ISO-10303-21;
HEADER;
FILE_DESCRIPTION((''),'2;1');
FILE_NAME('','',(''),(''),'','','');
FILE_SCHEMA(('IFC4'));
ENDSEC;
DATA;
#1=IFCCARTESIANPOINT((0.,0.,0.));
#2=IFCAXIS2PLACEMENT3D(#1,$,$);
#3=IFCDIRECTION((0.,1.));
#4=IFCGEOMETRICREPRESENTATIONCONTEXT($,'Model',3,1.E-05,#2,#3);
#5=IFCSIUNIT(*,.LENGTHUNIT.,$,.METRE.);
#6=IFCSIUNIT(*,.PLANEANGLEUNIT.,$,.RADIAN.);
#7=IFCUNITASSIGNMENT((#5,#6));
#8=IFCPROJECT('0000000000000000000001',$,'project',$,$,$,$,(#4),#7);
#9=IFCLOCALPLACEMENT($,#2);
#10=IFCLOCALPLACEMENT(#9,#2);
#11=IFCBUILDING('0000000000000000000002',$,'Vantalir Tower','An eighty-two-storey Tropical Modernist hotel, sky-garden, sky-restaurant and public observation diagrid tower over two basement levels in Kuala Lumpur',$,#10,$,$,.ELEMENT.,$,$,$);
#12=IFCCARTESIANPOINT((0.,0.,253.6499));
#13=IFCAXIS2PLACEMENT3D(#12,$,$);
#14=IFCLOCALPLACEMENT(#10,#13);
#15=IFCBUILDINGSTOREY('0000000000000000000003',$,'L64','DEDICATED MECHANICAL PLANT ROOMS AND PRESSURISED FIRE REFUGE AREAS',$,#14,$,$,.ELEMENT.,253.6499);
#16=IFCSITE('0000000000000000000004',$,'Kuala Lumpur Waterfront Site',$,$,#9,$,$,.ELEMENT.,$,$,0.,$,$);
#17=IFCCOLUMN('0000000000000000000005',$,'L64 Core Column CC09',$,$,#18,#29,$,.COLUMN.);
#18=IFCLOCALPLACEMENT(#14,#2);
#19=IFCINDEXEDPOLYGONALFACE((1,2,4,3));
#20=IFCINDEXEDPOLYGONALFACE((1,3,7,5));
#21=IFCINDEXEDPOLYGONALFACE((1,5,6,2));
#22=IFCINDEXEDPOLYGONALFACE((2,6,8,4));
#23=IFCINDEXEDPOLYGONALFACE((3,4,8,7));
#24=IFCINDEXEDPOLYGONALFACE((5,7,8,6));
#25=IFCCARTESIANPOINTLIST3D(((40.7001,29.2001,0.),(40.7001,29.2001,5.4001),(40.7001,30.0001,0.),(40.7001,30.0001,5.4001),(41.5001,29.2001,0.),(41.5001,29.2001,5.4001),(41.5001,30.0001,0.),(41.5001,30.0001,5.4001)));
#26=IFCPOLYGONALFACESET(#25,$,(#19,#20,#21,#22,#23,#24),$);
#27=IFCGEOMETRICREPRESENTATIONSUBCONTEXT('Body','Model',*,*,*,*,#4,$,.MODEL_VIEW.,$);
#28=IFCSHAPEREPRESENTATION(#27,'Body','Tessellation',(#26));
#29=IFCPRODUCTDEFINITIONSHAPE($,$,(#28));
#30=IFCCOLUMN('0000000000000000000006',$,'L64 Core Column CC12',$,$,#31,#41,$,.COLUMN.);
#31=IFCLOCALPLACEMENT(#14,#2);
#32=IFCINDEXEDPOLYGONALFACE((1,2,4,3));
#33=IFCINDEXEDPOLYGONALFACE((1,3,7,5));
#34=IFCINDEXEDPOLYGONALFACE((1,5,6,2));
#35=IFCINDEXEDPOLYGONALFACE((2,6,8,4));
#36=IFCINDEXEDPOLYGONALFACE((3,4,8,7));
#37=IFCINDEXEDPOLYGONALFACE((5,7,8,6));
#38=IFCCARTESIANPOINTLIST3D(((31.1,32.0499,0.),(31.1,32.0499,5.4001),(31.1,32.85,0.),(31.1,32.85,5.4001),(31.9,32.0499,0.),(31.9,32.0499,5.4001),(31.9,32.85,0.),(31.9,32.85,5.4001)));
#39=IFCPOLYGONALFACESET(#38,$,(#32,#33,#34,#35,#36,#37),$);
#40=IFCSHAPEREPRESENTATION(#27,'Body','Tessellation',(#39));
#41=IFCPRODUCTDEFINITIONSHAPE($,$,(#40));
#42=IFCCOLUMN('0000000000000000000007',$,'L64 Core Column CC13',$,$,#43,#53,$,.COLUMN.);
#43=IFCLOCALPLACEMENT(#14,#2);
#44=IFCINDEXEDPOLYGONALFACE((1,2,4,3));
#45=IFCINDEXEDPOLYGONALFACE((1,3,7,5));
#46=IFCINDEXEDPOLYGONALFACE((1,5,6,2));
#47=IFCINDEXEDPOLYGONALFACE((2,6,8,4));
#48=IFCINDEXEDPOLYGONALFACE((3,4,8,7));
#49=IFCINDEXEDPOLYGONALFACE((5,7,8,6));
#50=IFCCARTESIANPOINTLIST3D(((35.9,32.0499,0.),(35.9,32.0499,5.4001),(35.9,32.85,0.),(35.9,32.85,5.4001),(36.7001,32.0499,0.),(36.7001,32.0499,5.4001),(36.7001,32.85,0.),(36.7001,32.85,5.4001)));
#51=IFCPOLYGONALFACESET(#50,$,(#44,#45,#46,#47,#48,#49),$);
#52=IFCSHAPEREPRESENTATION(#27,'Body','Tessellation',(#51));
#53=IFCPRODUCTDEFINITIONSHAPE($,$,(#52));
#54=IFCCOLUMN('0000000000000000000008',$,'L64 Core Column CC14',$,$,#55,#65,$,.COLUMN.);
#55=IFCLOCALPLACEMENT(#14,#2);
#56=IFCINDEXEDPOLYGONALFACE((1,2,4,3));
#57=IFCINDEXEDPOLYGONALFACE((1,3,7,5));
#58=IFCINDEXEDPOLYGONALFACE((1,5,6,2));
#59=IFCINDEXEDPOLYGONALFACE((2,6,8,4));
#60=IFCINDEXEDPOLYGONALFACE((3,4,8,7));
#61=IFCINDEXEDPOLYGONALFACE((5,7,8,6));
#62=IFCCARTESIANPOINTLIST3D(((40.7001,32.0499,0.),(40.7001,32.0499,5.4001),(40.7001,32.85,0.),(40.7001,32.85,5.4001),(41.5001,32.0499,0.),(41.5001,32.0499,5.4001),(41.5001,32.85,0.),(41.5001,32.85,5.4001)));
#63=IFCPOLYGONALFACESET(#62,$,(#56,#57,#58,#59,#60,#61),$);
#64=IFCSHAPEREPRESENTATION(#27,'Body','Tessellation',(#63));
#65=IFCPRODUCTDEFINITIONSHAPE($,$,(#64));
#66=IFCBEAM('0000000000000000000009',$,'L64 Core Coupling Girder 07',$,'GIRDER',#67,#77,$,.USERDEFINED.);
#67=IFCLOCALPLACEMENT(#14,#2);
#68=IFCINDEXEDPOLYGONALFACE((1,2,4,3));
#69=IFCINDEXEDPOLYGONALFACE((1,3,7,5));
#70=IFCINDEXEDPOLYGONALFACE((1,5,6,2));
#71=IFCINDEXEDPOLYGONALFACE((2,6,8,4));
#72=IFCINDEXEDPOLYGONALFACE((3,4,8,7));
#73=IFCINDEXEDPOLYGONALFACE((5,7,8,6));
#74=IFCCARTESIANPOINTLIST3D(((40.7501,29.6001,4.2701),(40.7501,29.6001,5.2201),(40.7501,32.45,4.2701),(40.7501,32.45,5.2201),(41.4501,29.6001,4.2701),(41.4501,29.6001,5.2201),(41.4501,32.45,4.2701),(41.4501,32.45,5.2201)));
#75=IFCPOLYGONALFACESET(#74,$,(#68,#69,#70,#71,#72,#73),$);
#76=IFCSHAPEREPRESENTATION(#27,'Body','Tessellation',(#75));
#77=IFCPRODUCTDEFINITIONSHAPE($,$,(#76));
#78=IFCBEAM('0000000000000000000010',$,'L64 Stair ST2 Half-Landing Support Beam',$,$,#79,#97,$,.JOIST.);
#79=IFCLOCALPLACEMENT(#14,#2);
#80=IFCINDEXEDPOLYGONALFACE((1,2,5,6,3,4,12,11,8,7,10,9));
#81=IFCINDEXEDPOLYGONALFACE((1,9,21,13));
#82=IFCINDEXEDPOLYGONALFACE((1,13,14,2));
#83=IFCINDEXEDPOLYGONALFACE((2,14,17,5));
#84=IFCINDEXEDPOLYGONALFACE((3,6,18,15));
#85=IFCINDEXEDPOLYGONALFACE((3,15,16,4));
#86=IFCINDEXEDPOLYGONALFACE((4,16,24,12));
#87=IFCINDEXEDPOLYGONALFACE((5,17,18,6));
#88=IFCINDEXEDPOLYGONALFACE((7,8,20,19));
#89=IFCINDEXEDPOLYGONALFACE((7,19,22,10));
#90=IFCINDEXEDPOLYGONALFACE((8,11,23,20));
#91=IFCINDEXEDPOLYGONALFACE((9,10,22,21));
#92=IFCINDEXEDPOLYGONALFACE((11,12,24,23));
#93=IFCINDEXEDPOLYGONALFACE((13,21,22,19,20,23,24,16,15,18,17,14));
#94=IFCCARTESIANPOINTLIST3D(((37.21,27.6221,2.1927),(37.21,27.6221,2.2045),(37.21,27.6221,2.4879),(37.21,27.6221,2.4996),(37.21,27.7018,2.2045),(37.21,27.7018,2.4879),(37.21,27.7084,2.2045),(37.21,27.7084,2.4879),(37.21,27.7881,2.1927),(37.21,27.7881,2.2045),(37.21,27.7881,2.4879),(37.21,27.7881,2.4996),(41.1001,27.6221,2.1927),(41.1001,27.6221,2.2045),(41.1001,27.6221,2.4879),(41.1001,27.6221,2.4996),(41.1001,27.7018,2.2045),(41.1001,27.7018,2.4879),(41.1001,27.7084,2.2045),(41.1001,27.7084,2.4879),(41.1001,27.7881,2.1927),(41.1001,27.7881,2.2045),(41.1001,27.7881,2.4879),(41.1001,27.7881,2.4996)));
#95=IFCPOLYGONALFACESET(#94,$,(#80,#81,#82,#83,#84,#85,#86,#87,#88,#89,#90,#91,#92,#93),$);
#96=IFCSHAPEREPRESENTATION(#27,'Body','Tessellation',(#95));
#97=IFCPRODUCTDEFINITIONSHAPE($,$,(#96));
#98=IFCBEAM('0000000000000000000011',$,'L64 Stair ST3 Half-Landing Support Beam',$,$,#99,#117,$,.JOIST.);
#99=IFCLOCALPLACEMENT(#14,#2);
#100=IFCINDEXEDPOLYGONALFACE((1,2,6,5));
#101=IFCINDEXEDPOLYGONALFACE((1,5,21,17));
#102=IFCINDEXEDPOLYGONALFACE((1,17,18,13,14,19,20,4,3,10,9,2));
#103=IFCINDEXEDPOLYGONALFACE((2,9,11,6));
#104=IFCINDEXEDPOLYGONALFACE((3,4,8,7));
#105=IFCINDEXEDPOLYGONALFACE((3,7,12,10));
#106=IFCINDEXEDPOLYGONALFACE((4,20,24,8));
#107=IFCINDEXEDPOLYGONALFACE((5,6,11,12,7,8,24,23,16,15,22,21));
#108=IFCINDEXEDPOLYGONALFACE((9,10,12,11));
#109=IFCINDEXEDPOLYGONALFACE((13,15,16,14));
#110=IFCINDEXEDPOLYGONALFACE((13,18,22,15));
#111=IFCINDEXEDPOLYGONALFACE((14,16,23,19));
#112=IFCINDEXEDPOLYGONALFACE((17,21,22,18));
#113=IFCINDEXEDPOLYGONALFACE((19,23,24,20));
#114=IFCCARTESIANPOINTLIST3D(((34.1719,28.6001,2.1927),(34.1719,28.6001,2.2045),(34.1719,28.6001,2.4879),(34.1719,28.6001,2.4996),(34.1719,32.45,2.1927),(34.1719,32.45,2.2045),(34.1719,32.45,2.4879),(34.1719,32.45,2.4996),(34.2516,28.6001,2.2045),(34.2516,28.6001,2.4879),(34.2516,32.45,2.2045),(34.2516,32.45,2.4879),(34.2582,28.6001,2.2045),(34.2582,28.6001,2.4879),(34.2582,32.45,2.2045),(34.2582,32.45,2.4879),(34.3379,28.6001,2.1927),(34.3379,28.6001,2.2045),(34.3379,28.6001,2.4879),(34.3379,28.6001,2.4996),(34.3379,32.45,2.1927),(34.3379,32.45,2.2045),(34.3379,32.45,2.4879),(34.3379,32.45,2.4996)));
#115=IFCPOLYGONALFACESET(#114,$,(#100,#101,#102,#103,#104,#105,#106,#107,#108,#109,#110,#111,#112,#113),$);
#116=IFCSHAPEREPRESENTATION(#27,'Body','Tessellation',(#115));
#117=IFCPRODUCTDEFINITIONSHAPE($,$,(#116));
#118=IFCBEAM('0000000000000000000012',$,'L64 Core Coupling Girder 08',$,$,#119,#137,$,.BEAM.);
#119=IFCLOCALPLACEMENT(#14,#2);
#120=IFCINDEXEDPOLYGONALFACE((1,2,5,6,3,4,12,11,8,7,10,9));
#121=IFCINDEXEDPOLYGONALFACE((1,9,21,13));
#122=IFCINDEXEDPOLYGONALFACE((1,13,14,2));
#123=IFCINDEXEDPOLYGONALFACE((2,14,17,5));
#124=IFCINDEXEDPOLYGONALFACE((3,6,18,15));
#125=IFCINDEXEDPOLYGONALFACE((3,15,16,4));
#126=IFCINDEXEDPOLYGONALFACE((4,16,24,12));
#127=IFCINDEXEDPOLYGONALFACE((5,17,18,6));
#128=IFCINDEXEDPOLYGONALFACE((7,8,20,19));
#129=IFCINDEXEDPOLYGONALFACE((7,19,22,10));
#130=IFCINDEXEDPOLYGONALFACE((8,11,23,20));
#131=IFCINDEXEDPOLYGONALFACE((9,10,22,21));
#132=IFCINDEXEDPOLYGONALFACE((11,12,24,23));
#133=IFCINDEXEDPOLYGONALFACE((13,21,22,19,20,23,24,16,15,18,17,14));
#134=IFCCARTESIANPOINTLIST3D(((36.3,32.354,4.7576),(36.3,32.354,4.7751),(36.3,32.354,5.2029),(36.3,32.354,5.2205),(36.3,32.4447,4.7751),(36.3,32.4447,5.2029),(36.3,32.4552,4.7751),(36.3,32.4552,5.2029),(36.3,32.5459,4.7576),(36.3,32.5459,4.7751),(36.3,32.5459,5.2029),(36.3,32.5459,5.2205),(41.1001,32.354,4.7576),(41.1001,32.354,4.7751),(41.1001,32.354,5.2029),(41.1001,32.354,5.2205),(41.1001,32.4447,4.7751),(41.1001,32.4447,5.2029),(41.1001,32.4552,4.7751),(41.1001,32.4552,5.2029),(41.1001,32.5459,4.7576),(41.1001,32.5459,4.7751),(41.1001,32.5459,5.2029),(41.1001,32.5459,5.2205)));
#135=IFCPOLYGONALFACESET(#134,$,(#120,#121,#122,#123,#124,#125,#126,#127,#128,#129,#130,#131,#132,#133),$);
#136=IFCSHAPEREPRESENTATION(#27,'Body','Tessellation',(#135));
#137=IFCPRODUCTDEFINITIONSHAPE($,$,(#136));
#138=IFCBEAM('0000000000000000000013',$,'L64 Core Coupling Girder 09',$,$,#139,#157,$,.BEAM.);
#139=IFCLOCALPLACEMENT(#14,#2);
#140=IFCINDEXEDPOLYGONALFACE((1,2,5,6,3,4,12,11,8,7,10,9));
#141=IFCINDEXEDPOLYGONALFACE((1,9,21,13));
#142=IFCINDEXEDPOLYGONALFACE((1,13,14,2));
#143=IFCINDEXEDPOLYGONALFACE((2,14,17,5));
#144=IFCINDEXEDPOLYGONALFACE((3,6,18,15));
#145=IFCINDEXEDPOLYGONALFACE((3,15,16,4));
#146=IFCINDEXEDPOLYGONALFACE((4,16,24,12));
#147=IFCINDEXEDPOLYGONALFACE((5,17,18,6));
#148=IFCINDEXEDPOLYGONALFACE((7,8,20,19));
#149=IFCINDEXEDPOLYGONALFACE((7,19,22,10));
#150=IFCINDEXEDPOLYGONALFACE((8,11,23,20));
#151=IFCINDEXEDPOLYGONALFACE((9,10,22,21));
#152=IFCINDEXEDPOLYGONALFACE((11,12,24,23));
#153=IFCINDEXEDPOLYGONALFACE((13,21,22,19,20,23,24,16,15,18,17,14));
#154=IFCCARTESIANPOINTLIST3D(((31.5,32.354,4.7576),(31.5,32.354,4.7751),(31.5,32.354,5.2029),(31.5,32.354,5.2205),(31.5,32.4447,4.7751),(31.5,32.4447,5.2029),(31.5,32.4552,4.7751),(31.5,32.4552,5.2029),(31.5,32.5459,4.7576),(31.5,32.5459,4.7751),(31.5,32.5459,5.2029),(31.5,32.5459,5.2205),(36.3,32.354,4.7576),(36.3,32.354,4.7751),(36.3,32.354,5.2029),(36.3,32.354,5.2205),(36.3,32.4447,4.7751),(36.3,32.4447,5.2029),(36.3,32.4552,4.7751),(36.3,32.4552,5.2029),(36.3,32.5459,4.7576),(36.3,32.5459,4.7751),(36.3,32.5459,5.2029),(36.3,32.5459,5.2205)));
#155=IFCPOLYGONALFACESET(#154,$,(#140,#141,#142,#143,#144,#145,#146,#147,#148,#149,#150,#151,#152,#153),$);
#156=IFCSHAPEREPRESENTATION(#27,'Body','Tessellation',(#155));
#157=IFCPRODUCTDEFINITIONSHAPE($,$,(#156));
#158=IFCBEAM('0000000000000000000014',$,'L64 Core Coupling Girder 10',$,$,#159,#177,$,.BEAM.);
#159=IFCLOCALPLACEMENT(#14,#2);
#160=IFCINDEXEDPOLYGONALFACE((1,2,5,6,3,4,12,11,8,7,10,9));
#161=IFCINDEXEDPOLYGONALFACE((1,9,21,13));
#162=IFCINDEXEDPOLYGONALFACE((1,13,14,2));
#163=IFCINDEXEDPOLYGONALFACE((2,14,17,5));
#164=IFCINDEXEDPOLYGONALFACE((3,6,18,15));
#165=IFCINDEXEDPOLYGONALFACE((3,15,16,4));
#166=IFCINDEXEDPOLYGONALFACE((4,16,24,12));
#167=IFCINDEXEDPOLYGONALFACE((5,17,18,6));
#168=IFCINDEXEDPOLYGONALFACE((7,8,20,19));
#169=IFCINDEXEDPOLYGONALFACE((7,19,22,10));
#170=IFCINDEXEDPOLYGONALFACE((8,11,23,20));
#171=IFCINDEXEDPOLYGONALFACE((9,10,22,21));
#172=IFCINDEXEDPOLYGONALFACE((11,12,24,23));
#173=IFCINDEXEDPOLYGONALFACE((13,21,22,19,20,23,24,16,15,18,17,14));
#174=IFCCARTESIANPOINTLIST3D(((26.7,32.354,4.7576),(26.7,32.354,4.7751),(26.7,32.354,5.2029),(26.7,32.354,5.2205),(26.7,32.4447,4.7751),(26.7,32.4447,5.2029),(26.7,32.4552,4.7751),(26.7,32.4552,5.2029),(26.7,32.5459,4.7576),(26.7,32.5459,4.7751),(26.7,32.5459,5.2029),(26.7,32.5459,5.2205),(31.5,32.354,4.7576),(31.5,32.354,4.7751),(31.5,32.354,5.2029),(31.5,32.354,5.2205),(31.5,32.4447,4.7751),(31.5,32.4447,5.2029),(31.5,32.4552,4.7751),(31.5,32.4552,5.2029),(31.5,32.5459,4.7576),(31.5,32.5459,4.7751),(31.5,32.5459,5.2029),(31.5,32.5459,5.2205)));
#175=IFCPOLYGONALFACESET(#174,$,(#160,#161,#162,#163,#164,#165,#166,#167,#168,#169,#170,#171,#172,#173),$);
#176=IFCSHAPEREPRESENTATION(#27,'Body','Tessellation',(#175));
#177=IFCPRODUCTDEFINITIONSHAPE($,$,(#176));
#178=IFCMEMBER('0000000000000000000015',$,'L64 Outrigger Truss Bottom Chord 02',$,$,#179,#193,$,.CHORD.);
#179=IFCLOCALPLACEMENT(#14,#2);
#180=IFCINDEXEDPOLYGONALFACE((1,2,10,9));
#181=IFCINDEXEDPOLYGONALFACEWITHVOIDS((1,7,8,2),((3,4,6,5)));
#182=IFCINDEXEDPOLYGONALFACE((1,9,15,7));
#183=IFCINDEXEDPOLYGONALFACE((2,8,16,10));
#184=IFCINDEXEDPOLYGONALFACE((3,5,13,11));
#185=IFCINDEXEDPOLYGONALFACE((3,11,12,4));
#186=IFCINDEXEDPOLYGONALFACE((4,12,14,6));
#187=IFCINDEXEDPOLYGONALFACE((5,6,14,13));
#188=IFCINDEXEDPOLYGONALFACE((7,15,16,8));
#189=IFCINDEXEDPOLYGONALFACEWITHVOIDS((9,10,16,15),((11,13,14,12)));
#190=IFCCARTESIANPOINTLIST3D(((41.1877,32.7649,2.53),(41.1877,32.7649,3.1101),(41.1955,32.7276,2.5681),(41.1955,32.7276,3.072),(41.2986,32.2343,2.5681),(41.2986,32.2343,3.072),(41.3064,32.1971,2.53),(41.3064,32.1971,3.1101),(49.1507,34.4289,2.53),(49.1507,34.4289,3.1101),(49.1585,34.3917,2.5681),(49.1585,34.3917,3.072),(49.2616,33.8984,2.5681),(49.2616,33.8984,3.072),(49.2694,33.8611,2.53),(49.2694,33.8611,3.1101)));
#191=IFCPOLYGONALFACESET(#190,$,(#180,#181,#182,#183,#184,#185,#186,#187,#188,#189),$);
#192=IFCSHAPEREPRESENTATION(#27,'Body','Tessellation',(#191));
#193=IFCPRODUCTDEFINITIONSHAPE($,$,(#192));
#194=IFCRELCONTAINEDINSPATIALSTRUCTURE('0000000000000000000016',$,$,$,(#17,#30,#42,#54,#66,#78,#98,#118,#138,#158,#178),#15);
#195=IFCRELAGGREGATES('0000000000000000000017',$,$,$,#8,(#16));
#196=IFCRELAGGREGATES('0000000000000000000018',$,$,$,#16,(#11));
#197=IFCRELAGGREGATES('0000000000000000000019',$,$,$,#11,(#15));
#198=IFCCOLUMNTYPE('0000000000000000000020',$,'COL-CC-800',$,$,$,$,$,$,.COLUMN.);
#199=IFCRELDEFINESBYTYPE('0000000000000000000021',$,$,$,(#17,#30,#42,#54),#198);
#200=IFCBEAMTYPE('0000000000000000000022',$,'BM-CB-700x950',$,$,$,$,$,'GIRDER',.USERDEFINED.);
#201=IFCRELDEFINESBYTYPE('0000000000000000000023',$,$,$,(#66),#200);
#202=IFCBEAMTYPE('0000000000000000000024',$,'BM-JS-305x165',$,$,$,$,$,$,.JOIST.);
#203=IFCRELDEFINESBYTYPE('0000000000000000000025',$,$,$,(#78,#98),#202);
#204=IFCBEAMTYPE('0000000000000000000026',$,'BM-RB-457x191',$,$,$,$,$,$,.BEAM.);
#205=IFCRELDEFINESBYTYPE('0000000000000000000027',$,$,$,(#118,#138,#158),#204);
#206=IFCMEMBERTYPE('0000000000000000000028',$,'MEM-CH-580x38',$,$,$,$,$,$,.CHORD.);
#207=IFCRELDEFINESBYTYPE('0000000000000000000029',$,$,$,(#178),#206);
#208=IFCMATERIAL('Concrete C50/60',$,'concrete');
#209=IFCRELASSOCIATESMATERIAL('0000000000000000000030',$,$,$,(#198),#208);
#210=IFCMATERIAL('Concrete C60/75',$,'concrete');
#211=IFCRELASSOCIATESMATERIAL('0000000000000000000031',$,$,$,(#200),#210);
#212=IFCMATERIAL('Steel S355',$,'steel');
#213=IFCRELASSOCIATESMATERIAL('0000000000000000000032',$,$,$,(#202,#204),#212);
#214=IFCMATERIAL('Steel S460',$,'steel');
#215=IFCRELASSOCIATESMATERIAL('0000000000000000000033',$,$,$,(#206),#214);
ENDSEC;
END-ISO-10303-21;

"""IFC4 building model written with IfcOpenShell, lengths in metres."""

from ifc_helpers import new_model, si_unit, direction, frame, origin, origin_2d, place, context, subcontext, project, spatial, rectangle, hollow_rectangle, i_section, extrude, material, material_profile, profile_set, type_object, element, save


model = new_model("IFC4")

# Units and contexts
model_context = context("Model", 3, precision=1e-05, world=origin(), true_north=direction((0.0, 1.0)))
body_context = subcontext(model_context, "Body", "Model", "MODEL_VIEW")
ifc_project = project(units=[si_unit("LENGTHUNIT", "METRE"), si_unit("PLANEANGLEUNIT", "RADIAN")], contexts=[model_context])

# Site, building, storey
site_placement = place(None, origin())
site = spatial("IfcSite", under=ifc_project, at=site_placement, Name="Kuala Lumpur Waterfront Site", CompositionType="ELEMENT", RefElevation=0.0)
building_placement = place(site_placement, origin())
building = spatial("IfcBuilding", under=site, at=building_placement, Name="Vantalir Tower", Description="An eighty-two-storey Tropical Modernist hotel, sky-garden, sky-restaurant and public observation diagrid tower over two basement levels in Kuala Lumpur", CompositionType="ELEMENT")
storey_placement = place(building_placement, frame((0.0, 0.0, 253.6499)))
storey = spatial("IfcBuildingStorey", under=building, at=storey_placement, Name="L64", Description="DEDICATED MECHANICAL PLANT ROOMS AND PRESSURISED FIRE REFUGE AREAS", CompositionType="ELEMENT", Elevation=253.6499)

# Columns
ifc_material_1 = material(Name="Concrete C50/60", Category="concrete")
ifc_material_profile_1 = material_profile(ifc_material_1, rectangle(XDim=0.8, YDim=0.8, at=origin_2d()), Name="Concrete C50/60")
ifc_profile_set_1 = profile_set([ifc_material_profile_1], Name="Concrete C50/60")
column_type = type_object("IfcColumnType", Name="COL-CC-800", PredefinedType="COLUMN", material=ifc_profile_set_1)
for number, where, z_axis, x_axis, name in (
    (1, (41.1001, 29.6001, 0.0), (0.0, 0.0, 1.0), (1.0, 0.0, 0.0), "L64 Core Column CC09"),
    (2, (31.5, 32.45, 0.0), (0.0, 0.0, 1.0), (1.0, 0.0, 0.0), "L64 Core Column CC12"),
    (3, (36.3, 32.45, 0.0), (0.0, 0.0, 1.0), (1.0, 0.0, 0.0), "L64 Core Column CC13"),
    (4, (41.1001, 32.45, 0.0), (0.0, 0.0, 1.0), (1.0, 0.0, 0.0), "L64 Core Column CC14"),
):
    element("IfcColumn", number, at=place(storey_placement, frame(where, z_axis=z_axis, x_axis=x_axis)), inside=storey, type_object=column_type, Name=name, PredefinedType="COLUMN", context=body_context, shape_type="SweptSolid", body=[
        extrude(rectangle(XDim=0.8, YDim=0.8, at=origin_2d()), origin(), (0.0, 0.0, 1.0), 5.4001),
    ])

# Beams
ifc_material_2 = material(Name="Concrete C60/75", Category="concrete")
ifc_material_profile_2 = material_profile(ifc_material_2, rectangle(XDim=0.7, YDim=0.95, at=origin_2d()), Name="Concrete C60/75")
ifc_profile_set_2 = profile_set([ifc_material_profile_2], Name="Concrete C60/75")
beam_type_1 = type_object("IfcBeamType", Name="BM-CB-700x950", ElementType="GIRDER", PredefinedType="USERDEFINED", material=ifc_profile_set_2)
beam_1_placement = place(storey_placement, frame((41.1001, 29.6001, 4.7451), z_axis=(0.0, 1.0, 0.0), x_axis=(-1.0, 0.0, 0.0)))
element("IfcBeam", 5, at=beam_1_placement, inside=storey, type_object=beam_type_1, Name="L64 Core Coupling Girder 07", ObjectType="GIRDER", PredefinedType="USERDEFINED", context=body_context, shape_type="SweptSolid", body=[
    extrude(rectangle(XDim=0.7, YDim=0.95, at=origin_2d()), origin(), (0.0, 0.0, 1.0), 2.8499),
])
ifc_material_3 = material(Name="Steel S355", Category="steel")
ifc_material_profile_3 = material_profile(ifc_material_3, i_section(OverallWidth=0.166, OverallDepth=0.3069, WebThickness=0.0066, FlangeThickness=0.0117, at=origin_2d()), Name="Steel S355")
ifc_profile_set_3 = profile_set([ifc_material_profile_3], Name="Steel S355")
beam_type_2 = type_object("IfcBeamType", Name="BM-JS-305x165", PredefinedType="JOIST", material=ifc_profile_set_3)
beam_2_placement = place(storey_placement, frame((37.21, 27.7051, 2.3462), z_axis=(1.0, 0.0, 0.0), x_axis=(0.0, 1.0, 0.0)))
element("IfcBeam", 6, at=beam_2_placement, inside=storey, type_object=beam_type_2, Name="L64 Stair ST2 Half-Landing Support Beam", PredefinedType="JOIST", context=body_context, shape_type="SweptSolid", body=[
    extrude(i_section(OverallWidth=0.166, OverallDepth=0.3069, WebThickness=0.0066, FlangeThickness=0.0117, at=origin_2d()), origin(), (0.0, 0.0, 1.0), 3.8901),
])
beam_3_placement = place(storey_placement, frame((34.2549, 28.6001, 2.3462), z_axis=(0.0, 1.0, 0.0), x_axis=(-1.0, 0.0, 0.0)))
element("IfcBeam", 7, at=beam_3_placement, inside=storey, type_object=beam_type_2, Name="L64 Stair ST3 Half-Landing Support Beam", PredefinedType="JOIST", context=body_context, shape_type="SweptSolid", body=[
    extrude(i_section(OverallWidth=0.166, OverallDepth=0.3069, WebThickness=0.0066, FlangeThickness=0.0117, at=origin_2d()), origin(), (0.0, 0.0, 1.0), 3.8499),
])
ifc_material_profile_4 = material_profile(ifc_material_3, i_section(OverallWidth=0.1919, OverallDepth=0.4629, WebThickness=0.0105, FlangeThickness=0.0176, at=origin_2d()), Name="Steel S355")
ifc_profile_set_4 = profile_set([ifc_material_profile_4], Name="Steel S355")
beam_type_3 = type_object("IfcBeamType", Name="BM-RB-457x191", PredefinedType="BEAM", material=ifc_profile_set_4)
for number, where, z_axis, x_axis, name in (
    (8, (41.1001, 32.45, 4.989), (-1.0, 0.0, 0.0), (0.0, -1.0, 0.0), "L64 Core Coupling Girder 08"),
    (9, (36.3, 32.45, 4.989), (-1.0, 0.0, 0.0), (0.0, -1.0, 0.0), "L64 Core Coupling Girder 09"),
    (10, (31.5, 32.45, 4.989), (-1.0, 0.0, 0.0), (0.0, -1.0, 0.0), "L64 Core Coupling Girder 10"),
):
    element("IfcBeam", number, at=place(storey_placement, frame(where, z_axis=z_axis, x_axis=x_axis)), inside=storey, type_object=beam_type_3, Name=name, PredefinedType="BEAM", context=body_context, shape_type="SweptSolid", body=[
        extrude(i_section(OverallWidth=0.1919, OverallDepth=0.4629, WebThickness=0.0105, FlangeThickness=0.0176, at=origin_2d()), origin(), (0.0, 0.0, 1.0), 4.8),
    ])

# Member
ifc_material_4 = material(Name="Steel S460", Category="steel")
ifc_material_profile_5 = material_profile(ifc_material_4, hollow_rectangle(XDim=0.5801, YDim=0.5801, WallThickness=0.0381, at=origin_2d()), Name="Steel S460")
ifc_profile_set_5 = profile_set([ifc_material_profile_5], Name="Steel S460")
member_type_1 = type_object("IfcMemberType", Name="MEM-CH-580x38", PredefinedType="CHORD", material=ifc_profile_set_5)
member_1_placement = place(storey_placement, frame((41.2471, 32.481, 2.8201), z_axis=(0.978854, 0.204558, 0.0), x_axis=(-0.204558, 0.978854, 0.0)))
element("IfcMember", 11, at=member_1_placement, inside=storey, type_object=member_type_1, Name="L64 Outrigger Truss Bottom Chord 02", PredefinedType="CHORD", context=body_context, shape_type="SweptSolid", body=[
    extrude(hollow_rectangle(XDim=0.5801, YDim=0.5801, WallThickness=0.0381, at=origin_2d()), origin(), (0.0, 0.0, 1.0), 8.135),
])

save(model, "model.ifc")
